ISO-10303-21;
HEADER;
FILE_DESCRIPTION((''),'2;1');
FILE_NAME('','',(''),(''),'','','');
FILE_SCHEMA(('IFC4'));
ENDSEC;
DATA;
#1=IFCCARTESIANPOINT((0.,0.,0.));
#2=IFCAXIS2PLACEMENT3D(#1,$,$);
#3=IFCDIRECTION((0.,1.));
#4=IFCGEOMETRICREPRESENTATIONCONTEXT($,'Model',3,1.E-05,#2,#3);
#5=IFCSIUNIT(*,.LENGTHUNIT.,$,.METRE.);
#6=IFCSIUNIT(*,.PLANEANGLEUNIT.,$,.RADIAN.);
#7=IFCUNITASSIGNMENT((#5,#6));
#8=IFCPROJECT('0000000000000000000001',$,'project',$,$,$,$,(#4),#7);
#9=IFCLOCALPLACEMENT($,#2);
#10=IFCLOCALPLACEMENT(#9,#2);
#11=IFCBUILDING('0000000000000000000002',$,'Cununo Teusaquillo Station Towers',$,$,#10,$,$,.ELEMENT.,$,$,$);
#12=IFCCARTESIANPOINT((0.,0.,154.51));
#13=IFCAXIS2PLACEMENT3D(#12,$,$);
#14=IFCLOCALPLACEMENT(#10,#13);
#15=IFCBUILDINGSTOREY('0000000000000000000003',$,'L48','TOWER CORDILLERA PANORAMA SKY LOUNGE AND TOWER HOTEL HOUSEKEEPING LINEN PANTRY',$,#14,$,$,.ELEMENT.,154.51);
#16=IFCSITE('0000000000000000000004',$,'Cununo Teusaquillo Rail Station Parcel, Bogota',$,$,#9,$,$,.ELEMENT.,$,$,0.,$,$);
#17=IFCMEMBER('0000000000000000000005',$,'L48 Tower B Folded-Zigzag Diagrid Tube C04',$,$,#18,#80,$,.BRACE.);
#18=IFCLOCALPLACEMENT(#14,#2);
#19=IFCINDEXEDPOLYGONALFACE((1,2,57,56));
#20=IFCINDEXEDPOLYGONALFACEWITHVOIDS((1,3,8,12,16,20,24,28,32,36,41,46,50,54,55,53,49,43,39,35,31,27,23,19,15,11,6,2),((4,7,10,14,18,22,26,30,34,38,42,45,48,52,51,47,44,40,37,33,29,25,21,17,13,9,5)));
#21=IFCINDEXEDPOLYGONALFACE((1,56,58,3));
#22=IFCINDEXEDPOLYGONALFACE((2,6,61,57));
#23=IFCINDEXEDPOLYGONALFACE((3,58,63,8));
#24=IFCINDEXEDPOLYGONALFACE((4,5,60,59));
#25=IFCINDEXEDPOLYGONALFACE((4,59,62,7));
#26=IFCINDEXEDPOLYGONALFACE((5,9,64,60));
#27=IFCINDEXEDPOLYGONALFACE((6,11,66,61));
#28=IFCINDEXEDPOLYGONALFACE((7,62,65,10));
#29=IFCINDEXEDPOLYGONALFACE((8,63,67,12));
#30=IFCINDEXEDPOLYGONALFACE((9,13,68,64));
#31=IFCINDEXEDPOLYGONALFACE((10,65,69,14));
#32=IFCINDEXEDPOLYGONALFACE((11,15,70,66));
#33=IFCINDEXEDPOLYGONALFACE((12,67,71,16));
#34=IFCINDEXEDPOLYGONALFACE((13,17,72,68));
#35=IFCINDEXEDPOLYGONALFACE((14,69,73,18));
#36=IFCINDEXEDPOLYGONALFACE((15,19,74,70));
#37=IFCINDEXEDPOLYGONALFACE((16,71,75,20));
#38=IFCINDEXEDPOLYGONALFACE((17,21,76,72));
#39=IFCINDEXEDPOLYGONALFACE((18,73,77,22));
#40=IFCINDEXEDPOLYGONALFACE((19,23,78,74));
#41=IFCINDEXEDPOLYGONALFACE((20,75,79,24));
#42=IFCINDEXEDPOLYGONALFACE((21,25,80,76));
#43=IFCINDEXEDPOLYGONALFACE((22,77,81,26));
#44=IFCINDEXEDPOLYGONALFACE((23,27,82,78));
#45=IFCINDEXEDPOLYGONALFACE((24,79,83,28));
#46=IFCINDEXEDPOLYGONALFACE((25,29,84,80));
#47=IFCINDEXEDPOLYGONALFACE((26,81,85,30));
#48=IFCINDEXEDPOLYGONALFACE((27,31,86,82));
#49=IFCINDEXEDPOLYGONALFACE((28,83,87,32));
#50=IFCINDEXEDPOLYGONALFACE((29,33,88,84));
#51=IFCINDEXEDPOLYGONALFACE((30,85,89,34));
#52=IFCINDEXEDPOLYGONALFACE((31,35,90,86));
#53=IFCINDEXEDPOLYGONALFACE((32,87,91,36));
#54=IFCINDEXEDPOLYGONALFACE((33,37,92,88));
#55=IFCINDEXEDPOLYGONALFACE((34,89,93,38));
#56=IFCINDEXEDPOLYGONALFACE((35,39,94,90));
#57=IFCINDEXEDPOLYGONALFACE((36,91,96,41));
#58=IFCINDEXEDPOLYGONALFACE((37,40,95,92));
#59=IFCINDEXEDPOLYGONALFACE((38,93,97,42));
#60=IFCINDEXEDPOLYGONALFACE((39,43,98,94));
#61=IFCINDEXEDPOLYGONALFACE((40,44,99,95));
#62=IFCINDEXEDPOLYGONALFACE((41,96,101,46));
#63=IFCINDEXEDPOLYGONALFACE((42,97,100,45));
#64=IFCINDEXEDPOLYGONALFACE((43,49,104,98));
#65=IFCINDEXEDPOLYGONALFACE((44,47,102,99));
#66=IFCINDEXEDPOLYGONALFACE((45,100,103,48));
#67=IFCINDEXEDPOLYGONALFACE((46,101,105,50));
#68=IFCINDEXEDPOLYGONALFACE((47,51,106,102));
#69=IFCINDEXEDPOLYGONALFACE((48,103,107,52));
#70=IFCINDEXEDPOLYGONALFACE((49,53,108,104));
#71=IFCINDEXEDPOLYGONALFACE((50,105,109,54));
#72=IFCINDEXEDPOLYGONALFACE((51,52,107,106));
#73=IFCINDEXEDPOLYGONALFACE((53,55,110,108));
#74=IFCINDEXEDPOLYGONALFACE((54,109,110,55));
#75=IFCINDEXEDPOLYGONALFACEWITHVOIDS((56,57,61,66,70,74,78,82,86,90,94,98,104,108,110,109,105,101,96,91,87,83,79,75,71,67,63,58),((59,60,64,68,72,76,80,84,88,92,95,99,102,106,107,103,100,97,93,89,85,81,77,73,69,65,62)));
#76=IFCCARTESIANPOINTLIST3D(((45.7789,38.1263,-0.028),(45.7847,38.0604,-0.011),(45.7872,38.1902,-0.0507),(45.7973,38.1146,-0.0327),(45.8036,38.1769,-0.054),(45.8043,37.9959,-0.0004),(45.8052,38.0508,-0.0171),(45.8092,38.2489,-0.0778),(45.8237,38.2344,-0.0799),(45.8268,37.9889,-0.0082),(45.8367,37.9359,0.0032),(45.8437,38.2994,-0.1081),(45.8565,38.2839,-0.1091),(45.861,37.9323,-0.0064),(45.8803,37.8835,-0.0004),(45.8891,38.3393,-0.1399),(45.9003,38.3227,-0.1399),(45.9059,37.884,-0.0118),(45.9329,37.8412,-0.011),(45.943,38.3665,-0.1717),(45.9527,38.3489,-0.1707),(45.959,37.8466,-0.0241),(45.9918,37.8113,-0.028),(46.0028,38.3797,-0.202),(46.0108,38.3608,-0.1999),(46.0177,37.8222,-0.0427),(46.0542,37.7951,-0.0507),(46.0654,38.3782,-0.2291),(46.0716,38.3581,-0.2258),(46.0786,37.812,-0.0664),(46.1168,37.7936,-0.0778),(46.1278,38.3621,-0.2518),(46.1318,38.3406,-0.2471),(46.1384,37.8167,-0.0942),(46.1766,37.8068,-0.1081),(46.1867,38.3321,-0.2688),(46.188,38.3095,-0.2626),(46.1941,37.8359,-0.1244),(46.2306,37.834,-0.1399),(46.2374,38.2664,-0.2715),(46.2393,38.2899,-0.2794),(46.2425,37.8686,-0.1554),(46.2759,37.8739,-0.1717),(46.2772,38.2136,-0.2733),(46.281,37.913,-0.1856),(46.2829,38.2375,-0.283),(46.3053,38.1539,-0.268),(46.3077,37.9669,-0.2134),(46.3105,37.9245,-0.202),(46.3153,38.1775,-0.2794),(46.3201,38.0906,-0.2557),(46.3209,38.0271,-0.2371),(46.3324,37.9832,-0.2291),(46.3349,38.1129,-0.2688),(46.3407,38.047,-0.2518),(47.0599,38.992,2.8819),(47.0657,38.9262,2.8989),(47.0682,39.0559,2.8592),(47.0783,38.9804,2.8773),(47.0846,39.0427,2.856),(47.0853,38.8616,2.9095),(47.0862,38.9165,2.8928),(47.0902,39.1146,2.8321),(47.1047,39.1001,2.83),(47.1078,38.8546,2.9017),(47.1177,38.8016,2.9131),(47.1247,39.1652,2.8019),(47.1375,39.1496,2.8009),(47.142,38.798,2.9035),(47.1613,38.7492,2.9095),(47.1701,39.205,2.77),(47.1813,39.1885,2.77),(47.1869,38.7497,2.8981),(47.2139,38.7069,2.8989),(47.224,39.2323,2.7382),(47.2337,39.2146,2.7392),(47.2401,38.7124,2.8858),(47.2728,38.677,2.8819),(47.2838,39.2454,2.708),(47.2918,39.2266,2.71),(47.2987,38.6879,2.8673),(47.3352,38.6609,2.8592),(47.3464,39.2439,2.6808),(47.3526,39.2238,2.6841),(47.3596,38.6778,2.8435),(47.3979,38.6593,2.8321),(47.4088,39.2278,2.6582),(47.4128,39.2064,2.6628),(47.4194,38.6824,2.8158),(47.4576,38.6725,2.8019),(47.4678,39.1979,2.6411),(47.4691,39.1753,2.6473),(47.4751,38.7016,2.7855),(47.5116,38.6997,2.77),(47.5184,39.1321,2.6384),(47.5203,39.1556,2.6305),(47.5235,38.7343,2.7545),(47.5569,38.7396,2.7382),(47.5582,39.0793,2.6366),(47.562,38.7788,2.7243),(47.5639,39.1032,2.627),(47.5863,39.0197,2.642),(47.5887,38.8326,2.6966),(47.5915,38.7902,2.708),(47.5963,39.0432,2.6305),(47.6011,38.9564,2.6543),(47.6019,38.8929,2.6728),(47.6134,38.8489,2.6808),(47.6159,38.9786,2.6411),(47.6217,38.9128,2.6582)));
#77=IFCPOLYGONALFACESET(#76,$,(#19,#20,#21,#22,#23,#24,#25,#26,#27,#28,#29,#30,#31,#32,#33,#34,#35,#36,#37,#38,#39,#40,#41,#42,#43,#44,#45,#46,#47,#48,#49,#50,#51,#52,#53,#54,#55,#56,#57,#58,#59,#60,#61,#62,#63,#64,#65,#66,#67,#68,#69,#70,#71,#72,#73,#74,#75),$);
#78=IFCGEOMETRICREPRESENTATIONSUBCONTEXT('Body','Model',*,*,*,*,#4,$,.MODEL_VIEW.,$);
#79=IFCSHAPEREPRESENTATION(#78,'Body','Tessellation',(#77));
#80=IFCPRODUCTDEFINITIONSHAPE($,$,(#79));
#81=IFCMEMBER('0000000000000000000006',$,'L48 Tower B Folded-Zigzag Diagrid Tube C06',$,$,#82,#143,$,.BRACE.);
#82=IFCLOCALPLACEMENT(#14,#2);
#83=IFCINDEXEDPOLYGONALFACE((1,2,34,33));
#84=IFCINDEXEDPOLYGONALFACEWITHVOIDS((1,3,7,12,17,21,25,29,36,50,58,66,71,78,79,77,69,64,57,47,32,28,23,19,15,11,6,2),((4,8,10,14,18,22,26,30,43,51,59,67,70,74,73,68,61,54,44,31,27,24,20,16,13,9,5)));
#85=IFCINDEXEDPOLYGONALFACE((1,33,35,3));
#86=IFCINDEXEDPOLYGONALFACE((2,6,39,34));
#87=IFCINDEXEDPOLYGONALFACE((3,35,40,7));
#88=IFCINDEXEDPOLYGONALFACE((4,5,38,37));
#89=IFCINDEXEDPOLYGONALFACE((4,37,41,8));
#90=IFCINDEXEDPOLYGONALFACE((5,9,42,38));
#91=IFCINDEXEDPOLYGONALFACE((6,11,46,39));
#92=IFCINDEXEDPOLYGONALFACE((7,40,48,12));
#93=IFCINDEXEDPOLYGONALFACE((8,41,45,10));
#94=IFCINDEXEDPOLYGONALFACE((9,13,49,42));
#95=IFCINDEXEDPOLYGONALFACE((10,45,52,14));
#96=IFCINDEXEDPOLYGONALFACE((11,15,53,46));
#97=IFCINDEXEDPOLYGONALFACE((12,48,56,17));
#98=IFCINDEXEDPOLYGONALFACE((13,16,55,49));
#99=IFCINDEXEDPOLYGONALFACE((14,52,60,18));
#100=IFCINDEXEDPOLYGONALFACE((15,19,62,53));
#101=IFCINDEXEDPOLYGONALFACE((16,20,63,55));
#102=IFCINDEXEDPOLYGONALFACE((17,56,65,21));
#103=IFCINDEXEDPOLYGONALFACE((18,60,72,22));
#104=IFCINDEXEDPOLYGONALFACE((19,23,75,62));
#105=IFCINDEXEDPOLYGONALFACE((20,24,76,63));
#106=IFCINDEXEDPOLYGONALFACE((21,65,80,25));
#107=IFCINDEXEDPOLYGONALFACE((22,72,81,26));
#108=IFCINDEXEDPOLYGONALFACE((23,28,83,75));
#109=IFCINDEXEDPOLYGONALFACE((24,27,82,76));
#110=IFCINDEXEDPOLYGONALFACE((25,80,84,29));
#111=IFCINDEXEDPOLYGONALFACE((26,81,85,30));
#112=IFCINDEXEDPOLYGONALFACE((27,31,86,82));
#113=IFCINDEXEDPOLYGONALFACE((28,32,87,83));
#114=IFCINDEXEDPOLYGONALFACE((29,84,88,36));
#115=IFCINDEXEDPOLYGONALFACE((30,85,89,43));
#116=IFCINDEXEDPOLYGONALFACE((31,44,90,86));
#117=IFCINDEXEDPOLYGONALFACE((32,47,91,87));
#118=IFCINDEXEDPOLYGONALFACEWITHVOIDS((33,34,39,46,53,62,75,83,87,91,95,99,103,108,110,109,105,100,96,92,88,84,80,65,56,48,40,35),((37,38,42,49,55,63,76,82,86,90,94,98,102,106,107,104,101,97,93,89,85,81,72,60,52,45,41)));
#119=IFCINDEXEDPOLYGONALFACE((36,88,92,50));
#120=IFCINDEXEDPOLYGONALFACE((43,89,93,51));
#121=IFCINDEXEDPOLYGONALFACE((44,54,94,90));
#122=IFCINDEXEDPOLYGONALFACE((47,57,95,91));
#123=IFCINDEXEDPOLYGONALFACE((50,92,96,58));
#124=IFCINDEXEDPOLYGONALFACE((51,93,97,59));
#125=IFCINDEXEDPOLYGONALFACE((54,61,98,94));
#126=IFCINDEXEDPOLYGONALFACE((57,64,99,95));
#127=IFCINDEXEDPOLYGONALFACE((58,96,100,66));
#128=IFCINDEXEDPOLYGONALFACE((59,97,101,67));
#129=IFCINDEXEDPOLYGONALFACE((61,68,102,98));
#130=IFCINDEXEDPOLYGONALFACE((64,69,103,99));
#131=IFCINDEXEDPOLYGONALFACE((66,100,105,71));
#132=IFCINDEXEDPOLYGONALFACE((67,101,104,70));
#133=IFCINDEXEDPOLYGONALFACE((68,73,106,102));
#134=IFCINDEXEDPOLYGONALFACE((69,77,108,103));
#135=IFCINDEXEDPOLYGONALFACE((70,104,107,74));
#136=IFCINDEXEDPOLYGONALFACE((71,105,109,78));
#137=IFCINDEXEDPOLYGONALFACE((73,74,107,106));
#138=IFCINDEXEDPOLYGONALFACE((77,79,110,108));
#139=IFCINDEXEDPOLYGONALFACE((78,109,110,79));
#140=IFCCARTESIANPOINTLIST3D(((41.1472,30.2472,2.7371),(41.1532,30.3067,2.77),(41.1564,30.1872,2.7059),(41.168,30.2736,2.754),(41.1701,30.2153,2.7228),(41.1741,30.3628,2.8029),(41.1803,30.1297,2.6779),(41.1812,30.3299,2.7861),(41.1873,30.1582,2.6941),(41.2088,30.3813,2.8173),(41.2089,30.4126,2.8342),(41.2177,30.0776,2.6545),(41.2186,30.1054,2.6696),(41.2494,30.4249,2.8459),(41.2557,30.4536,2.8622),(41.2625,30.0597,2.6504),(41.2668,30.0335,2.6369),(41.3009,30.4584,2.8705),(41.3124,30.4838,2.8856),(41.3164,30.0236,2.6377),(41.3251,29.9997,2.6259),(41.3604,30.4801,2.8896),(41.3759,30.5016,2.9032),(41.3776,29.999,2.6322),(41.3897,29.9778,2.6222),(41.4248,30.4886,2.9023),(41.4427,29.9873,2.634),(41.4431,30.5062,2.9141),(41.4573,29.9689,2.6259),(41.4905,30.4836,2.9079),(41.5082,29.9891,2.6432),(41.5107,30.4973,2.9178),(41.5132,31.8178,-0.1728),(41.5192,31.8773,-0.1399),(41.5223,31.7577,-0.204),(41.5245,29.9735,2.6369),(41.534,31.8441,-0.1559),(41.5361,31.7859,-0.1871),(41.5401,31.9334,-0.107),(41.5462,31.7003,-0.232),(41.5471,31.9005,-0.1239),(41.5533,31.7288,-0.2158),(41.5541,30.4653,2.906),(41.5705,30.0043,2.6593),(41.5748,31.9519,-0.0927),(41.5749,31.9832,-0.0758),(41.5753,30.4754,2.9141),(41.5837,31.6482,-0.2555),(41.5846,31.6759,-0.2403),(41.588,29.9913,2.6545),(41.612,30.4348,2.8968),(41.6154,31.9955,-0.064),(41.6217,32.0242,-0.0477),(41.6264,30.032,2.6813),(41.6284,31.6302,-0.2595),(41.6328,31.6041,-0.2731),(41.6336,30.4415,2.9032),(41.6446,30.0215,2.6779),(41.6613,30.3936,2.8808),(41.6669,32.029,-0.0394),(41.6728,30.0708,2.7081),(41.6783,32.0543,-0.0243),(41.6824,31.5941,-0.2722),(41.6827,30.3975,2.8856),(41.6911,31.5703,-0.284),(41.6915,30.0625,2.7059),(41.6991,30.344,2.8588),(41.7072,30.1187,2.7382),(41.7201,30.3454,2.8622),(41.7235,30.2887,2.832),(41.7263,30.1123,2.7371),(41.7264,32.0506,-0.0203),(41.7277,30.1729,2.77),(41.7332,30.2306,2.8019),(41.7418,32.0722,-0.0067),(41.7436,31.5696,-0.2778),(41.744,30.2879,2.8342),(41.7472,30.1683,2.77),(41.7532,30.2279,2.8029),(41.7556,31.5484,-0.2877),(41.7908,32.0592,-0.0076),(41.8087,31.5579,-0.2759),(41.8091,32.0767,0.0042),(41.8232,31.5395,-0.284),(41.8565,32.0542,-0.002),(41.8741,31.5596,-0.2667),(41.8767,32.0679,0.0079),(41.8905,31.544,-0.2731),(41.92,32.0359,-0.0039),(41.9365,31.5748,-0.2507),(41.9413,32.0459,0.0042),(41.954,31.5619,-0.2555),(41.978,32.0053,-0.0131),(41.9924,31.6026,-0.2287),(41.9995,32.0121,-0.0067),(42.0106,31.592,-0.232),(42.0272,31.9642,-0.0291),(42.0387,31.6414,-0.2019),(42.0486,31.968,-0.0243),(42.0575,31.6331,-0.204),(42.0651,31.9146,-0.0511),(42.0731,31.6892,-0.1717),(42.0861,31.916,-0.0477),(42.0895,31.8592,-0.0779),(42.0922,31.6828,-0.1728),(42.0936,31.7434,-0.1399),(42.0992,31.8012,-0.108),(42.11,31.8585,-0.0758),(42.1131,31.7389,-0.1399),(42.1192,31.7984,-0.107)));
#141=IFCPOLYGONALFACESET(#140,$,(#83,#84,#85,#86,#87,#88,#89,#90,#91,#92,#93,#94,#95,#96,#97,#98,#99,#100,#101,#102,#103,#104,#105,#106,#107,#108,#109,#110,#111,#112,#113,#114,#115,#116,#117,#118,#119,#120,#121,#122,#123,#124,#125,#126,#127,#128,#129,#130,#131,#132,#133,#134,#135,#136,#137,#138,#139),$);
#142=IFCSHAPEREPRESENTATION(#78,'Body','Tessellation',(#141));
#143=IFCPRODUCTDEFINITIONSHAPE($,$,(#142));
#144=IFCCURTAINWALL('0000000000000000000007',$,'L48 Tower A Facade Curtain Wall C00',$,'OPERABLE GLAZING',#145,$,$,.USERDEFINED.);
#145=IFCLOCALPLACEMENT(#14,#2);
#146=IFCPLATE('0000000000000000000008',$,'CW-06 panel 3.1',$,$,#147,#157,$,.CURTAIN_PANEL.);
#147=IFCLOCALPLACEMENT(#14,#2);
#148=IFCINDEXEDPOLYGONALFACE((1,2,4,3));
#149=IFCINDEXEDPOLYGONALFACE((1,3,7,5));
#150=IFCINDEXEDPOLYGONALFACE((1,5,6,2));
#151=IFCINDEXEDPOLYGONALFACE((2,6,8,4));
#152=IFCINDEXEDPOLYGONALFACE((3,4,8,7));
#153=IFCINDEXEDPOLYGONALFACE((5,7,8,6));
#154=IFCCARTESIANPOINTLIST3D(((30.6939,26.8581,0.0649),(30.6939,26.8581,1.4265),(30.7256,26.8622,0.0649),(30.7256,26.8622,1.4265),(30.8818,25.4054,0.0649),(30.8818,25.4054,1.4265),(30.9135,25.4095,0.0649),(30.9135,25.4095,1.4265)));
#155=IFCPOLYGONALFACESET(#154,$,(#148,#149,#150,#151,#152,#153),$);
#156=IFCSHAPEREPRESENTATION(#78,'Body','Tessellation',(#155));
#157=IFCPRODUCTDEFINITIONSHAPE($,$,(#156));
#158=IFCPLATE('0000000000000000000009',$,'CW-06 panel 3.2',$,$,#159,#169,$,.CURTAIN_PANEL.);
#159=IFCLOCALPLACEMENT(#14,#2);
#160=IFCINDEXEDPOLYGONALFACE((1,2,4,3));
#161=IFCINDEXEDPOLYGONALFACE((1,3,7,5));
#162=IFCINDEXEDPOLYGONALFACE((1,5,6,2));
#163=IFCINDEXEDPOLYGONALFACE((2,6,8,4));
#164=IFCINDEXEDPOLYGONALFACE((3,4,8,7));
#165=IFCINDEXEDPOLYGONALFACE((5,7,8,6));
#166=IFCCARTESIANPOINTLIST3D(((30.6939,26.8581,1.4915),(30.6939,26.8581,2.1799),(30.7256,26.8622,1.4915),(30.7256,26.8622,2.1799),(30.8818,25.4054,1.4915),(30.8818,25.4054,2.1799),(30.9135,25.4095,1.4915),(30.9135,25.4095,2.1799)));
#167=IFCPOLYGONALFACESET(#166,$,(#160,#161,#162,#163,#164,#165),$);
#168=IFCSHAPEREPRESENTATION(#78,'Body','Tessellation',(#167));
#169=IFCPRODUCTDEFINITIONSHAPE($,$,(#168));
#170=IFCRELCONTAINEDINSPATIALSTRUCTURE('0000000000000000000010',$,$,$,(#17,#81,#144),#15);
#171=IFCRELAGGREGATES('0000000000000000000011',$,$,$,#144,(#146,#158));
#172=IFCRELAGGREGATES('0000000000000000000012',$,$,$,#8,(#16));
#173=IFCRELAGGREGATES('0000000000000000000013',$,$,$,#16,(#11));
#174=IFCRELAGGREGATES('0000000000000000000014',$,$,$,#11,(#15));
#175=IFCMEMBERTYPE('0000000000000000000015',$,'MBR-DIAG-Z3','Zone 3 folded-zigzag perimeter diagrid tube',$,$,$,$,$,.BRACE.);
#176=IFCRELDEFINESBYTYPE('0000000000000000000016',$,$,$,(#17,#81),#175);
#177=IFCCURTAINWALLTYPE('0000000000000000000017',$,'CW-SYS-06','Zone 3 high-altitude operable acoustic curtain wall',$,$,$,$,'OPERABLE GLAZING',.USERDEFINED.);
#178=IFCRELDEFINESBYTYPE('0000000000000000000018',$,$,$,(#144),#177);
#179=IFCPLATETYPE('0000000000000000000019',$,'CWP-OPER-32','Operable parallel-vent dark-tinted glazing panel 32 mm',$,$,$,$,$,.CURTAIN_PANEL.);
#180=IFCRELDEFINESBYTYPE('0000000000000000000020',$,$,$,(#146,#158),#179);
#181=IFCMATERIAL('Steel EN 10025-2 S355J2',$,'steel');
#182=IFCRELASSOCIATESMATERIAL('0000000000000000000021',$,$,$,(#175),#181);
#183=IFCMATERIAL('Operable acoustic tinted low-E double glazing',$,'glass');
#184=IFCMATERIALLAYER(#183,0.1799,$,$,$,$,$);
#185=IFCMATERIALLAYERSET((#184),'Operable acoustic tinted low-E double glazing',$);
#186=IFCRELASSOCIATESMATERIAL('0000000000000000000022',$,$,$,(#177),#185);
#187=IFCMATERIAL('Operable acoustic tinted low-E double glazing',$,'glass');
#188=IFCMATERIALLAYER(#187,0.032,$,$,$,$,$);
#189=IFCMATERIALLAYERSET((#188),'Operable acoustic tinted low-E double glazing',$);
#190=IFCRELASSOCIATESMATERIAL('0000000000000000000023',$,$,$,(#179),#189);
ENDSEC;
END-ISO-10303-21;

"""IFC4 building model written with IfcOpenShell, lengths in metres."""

from ifc_helpers import new_model, si_unit, direction, frame, origin, origin_2d, place, context, subcontext, project, spatial, rectangle, hollow_circle, extrude, source, transform, mapped, material, layer, layer_set, material_profile, profile_set, type_object, element, aggregate, save


model = new_model("IFC4")

# Units and contexts
model_context = context("Model", 3, precision=1e-05, world=origin(), true_north=direction((0.0, 1.0)))
body_context = subcontext(model_context, "Body", "Model", "MODEL_VIEW")
ifc_project = project(units=[si_unit("LENGTHUNIT", "METRE"), si_unit("PLANEANGLEUNIT", "RADIAN")], contexts=[model_context])

# Site, building, storey
site_placement = place(None, origin())
site = spatial("IfcSite", under=ifc_project, at=site_placement, Name="Cununo Teusaquillo Rail Station Parcel, Bogota", CompositionType="ELEMENT", RefElevation=0.0)
building_placement = place(site_placement, origin())
building = spatial("IfcBuilding", under=site, at=building_placement, Name="Cununo Teusaquillo Station Towers", CompositionType="ELEMENT")
storey_placement = place(building_placement, frame((0.0, 0.0, 154.51)))
storey = spatial("IfcBuildingStorey", under=building, at=storey_placement, Name="L48", Description="TOWER CORDILLERA PANORAMA SKY LOUNGE AND TOWER HOTEL HOUSEKEEPING LINEN PANTRY", CompositionType="ELEMENT", Elevation=154.51)

# Members
ifc_material_1 = material(Name="Steel EN 10025-2 S355J2", Category="steel")
ifc_material_profile_1 = material_profile(ifc_material_1, hollow_circle(Radius=0.3049, WallThickness=0.02, at=origin_2d()), Name="CHS 610x20")
ifc_profile_set_1 = profile_set([ifc_material_profile_1], Name="Steel EN 10025-2 S355J2")
member_type = type_object("IfcMemberType", Name="MBR-DIAG-Z3", Description="Zone 3 folded-zigzag perimeter diagrid tube", PredefinedType="BRACE", material=ifc_profile_set_1)
member_1_placement = place(storey_placement, frame((46.0598, 38.0867, -0.1399), z_axis=(0.388754, 0.262726, 0.883088), x_axis=(-0.559937, 0.828536, 0.0)))
element("IfcMember", 1, at=member_1_placement, inside=storey, type_object=member_type, Name="L48 Tower B Folded-Zigzag Diagrid Tube C04", PredefinedType="BRACE", context=body_context, shape_type="SweptSolid", body=[
    extrude(hollow_circle(Radius=0.3049, WallThickness=0.02, at=origin_2d()), origin(), (0.0, 0.0, 1.0), 3.2952),
])
member_2_placement = place(storey_placement, frame((41.8162, 31.8081, -0.1399), z_axis=(-0.110003, -0.47208, 0.874665), x_axis=(0.973909, -0.226938, 0.0)))
element("IfcMember", 2, at=member_2_placement, inside=storey, type_object=member_type, Name="L48 Tower B Folded-Zigzag Diagrid Tube C06", PredefinedType="BRACE", context=body_context, shape_type="SweptSolid", body=[
    extrude(hollow_circle(Radius=0.3049, WallThickness=0.02, at=origin_2d()), origin(), (0.0, 0.0, 1.0), 3.3269),
])

# Curtain wall, plates
ifc_material_2 = material(Name="Operable acoustic tinted low-E double glazing", Category="glass")
ifc_layer_1 = layer(ifc_material_2, 0.1799)
ifc_layer_set_1 = layer_set([ifc_layer_1], Name="Operable acoustic tinted low-E double glazing")
curtain_wall_type = type_object("IfcCurtainWallType", Name="CW-SYS-06", Description="Zone 3 high-altitude operable acoustic curtain wall", ElementType="OPERABLE GLAZING", PredefinedType="USERDEFINED", material=ifc_layer_set_1)
curtain_wall_placement = place(storey_placement, origin())
curtain_wall = element("IfcCurtainWall", 3, at=curtain_wall_placement, inside=storey, type_object=curtain_wall_type, Name="L48 Tower A Facade Curtain Wall C00", ObjectType="OPERABLE GLAZING", PredefinedType="USERDEFINED")
ifc_material_3 = material(Name="Operable acoustic tinted low-E double glazing", Category="glass")
ifc_layer_2 = layer(ifc_material_3, 0.032)
ifc_layer_set_2 = layer_set([ifc_layer_2], Name="Operable acoustic tinted low-E double glazing")
plate_type = type_object("IfcPlateType", Name="CWP-OPER-32", Description="Operable parallel-vent dark-tinted glazing panel 32 mm", PredefinedType="CURTAIN_PANEL", material=ifc_layer_set_2)
shared_shape_1 = source(origin(), body_context, "Body", "SweptSolid", [
    extrude(rectangle(XDim=1.4648, YDim=0.032, at=origin_2d()), origin(), (0.0, 0.0, 1.0), 1.3616),
])
plate_1_placement = place(storey_placement, frame((30.8037, 26.1338, 0.0649), z_axis=(0.0, 0.0, 1.0), x_axis=(0.128293, -0.991736, 0.0)))
plate_1 = element("IfcPlate", 4, at=plate_1_placement, type_object=plate_type, Name="CW-06 panel 3.1", PredefinedType="CURTAIN_PANEL", context=body_context, shape_type="MappedRepresentation", body=[
    mapped(shared_shape_1, transform((0.0, 0.0, 0.0), x_axis=(1.0, 0.0, 0.0), y_axis=(0.0, 1.0, 0.0), z_axis=(0.0, 0.0, 1.0), scale=1.0)),
])
shared_shape_2 = source(origin(), body_context, "Body", "SweptSolid", [
    extrude(rectangle(XDim=1.4648, YDim=0.032, at=origin_2d()), origin(), (0.0, 0.0, 1.0), 0.6885),
])
plate_2_placement = place(storey_placement, frame((30.8037, 26.1338, 1.4915), z_axis=(0.0, 0.0, 1.0), x_axis=(0.128293, -0.991736, 0.0)))
plate_2 = element("IfcPlate", 5, at=plate_2_placement, type_object=plate_type, Name="CW-06 panel 3.2", PredefinedType="CURTAIN_PANEL", context=body_context, shape_type="MappedRepresentation", body=[
    mapped(shared_shape_2, transform((0.0, 0.0, 0.0), x_axis=(1.0, 0.0, 0.0), y_axis=(0.0, 1.0, 0.0), z_axis=(0.0, 0.0, 1.0), scale=1.0)),
])
aggregate(curtain_wall, [plate_1, plate_2])

save(model, "model.ifc")
